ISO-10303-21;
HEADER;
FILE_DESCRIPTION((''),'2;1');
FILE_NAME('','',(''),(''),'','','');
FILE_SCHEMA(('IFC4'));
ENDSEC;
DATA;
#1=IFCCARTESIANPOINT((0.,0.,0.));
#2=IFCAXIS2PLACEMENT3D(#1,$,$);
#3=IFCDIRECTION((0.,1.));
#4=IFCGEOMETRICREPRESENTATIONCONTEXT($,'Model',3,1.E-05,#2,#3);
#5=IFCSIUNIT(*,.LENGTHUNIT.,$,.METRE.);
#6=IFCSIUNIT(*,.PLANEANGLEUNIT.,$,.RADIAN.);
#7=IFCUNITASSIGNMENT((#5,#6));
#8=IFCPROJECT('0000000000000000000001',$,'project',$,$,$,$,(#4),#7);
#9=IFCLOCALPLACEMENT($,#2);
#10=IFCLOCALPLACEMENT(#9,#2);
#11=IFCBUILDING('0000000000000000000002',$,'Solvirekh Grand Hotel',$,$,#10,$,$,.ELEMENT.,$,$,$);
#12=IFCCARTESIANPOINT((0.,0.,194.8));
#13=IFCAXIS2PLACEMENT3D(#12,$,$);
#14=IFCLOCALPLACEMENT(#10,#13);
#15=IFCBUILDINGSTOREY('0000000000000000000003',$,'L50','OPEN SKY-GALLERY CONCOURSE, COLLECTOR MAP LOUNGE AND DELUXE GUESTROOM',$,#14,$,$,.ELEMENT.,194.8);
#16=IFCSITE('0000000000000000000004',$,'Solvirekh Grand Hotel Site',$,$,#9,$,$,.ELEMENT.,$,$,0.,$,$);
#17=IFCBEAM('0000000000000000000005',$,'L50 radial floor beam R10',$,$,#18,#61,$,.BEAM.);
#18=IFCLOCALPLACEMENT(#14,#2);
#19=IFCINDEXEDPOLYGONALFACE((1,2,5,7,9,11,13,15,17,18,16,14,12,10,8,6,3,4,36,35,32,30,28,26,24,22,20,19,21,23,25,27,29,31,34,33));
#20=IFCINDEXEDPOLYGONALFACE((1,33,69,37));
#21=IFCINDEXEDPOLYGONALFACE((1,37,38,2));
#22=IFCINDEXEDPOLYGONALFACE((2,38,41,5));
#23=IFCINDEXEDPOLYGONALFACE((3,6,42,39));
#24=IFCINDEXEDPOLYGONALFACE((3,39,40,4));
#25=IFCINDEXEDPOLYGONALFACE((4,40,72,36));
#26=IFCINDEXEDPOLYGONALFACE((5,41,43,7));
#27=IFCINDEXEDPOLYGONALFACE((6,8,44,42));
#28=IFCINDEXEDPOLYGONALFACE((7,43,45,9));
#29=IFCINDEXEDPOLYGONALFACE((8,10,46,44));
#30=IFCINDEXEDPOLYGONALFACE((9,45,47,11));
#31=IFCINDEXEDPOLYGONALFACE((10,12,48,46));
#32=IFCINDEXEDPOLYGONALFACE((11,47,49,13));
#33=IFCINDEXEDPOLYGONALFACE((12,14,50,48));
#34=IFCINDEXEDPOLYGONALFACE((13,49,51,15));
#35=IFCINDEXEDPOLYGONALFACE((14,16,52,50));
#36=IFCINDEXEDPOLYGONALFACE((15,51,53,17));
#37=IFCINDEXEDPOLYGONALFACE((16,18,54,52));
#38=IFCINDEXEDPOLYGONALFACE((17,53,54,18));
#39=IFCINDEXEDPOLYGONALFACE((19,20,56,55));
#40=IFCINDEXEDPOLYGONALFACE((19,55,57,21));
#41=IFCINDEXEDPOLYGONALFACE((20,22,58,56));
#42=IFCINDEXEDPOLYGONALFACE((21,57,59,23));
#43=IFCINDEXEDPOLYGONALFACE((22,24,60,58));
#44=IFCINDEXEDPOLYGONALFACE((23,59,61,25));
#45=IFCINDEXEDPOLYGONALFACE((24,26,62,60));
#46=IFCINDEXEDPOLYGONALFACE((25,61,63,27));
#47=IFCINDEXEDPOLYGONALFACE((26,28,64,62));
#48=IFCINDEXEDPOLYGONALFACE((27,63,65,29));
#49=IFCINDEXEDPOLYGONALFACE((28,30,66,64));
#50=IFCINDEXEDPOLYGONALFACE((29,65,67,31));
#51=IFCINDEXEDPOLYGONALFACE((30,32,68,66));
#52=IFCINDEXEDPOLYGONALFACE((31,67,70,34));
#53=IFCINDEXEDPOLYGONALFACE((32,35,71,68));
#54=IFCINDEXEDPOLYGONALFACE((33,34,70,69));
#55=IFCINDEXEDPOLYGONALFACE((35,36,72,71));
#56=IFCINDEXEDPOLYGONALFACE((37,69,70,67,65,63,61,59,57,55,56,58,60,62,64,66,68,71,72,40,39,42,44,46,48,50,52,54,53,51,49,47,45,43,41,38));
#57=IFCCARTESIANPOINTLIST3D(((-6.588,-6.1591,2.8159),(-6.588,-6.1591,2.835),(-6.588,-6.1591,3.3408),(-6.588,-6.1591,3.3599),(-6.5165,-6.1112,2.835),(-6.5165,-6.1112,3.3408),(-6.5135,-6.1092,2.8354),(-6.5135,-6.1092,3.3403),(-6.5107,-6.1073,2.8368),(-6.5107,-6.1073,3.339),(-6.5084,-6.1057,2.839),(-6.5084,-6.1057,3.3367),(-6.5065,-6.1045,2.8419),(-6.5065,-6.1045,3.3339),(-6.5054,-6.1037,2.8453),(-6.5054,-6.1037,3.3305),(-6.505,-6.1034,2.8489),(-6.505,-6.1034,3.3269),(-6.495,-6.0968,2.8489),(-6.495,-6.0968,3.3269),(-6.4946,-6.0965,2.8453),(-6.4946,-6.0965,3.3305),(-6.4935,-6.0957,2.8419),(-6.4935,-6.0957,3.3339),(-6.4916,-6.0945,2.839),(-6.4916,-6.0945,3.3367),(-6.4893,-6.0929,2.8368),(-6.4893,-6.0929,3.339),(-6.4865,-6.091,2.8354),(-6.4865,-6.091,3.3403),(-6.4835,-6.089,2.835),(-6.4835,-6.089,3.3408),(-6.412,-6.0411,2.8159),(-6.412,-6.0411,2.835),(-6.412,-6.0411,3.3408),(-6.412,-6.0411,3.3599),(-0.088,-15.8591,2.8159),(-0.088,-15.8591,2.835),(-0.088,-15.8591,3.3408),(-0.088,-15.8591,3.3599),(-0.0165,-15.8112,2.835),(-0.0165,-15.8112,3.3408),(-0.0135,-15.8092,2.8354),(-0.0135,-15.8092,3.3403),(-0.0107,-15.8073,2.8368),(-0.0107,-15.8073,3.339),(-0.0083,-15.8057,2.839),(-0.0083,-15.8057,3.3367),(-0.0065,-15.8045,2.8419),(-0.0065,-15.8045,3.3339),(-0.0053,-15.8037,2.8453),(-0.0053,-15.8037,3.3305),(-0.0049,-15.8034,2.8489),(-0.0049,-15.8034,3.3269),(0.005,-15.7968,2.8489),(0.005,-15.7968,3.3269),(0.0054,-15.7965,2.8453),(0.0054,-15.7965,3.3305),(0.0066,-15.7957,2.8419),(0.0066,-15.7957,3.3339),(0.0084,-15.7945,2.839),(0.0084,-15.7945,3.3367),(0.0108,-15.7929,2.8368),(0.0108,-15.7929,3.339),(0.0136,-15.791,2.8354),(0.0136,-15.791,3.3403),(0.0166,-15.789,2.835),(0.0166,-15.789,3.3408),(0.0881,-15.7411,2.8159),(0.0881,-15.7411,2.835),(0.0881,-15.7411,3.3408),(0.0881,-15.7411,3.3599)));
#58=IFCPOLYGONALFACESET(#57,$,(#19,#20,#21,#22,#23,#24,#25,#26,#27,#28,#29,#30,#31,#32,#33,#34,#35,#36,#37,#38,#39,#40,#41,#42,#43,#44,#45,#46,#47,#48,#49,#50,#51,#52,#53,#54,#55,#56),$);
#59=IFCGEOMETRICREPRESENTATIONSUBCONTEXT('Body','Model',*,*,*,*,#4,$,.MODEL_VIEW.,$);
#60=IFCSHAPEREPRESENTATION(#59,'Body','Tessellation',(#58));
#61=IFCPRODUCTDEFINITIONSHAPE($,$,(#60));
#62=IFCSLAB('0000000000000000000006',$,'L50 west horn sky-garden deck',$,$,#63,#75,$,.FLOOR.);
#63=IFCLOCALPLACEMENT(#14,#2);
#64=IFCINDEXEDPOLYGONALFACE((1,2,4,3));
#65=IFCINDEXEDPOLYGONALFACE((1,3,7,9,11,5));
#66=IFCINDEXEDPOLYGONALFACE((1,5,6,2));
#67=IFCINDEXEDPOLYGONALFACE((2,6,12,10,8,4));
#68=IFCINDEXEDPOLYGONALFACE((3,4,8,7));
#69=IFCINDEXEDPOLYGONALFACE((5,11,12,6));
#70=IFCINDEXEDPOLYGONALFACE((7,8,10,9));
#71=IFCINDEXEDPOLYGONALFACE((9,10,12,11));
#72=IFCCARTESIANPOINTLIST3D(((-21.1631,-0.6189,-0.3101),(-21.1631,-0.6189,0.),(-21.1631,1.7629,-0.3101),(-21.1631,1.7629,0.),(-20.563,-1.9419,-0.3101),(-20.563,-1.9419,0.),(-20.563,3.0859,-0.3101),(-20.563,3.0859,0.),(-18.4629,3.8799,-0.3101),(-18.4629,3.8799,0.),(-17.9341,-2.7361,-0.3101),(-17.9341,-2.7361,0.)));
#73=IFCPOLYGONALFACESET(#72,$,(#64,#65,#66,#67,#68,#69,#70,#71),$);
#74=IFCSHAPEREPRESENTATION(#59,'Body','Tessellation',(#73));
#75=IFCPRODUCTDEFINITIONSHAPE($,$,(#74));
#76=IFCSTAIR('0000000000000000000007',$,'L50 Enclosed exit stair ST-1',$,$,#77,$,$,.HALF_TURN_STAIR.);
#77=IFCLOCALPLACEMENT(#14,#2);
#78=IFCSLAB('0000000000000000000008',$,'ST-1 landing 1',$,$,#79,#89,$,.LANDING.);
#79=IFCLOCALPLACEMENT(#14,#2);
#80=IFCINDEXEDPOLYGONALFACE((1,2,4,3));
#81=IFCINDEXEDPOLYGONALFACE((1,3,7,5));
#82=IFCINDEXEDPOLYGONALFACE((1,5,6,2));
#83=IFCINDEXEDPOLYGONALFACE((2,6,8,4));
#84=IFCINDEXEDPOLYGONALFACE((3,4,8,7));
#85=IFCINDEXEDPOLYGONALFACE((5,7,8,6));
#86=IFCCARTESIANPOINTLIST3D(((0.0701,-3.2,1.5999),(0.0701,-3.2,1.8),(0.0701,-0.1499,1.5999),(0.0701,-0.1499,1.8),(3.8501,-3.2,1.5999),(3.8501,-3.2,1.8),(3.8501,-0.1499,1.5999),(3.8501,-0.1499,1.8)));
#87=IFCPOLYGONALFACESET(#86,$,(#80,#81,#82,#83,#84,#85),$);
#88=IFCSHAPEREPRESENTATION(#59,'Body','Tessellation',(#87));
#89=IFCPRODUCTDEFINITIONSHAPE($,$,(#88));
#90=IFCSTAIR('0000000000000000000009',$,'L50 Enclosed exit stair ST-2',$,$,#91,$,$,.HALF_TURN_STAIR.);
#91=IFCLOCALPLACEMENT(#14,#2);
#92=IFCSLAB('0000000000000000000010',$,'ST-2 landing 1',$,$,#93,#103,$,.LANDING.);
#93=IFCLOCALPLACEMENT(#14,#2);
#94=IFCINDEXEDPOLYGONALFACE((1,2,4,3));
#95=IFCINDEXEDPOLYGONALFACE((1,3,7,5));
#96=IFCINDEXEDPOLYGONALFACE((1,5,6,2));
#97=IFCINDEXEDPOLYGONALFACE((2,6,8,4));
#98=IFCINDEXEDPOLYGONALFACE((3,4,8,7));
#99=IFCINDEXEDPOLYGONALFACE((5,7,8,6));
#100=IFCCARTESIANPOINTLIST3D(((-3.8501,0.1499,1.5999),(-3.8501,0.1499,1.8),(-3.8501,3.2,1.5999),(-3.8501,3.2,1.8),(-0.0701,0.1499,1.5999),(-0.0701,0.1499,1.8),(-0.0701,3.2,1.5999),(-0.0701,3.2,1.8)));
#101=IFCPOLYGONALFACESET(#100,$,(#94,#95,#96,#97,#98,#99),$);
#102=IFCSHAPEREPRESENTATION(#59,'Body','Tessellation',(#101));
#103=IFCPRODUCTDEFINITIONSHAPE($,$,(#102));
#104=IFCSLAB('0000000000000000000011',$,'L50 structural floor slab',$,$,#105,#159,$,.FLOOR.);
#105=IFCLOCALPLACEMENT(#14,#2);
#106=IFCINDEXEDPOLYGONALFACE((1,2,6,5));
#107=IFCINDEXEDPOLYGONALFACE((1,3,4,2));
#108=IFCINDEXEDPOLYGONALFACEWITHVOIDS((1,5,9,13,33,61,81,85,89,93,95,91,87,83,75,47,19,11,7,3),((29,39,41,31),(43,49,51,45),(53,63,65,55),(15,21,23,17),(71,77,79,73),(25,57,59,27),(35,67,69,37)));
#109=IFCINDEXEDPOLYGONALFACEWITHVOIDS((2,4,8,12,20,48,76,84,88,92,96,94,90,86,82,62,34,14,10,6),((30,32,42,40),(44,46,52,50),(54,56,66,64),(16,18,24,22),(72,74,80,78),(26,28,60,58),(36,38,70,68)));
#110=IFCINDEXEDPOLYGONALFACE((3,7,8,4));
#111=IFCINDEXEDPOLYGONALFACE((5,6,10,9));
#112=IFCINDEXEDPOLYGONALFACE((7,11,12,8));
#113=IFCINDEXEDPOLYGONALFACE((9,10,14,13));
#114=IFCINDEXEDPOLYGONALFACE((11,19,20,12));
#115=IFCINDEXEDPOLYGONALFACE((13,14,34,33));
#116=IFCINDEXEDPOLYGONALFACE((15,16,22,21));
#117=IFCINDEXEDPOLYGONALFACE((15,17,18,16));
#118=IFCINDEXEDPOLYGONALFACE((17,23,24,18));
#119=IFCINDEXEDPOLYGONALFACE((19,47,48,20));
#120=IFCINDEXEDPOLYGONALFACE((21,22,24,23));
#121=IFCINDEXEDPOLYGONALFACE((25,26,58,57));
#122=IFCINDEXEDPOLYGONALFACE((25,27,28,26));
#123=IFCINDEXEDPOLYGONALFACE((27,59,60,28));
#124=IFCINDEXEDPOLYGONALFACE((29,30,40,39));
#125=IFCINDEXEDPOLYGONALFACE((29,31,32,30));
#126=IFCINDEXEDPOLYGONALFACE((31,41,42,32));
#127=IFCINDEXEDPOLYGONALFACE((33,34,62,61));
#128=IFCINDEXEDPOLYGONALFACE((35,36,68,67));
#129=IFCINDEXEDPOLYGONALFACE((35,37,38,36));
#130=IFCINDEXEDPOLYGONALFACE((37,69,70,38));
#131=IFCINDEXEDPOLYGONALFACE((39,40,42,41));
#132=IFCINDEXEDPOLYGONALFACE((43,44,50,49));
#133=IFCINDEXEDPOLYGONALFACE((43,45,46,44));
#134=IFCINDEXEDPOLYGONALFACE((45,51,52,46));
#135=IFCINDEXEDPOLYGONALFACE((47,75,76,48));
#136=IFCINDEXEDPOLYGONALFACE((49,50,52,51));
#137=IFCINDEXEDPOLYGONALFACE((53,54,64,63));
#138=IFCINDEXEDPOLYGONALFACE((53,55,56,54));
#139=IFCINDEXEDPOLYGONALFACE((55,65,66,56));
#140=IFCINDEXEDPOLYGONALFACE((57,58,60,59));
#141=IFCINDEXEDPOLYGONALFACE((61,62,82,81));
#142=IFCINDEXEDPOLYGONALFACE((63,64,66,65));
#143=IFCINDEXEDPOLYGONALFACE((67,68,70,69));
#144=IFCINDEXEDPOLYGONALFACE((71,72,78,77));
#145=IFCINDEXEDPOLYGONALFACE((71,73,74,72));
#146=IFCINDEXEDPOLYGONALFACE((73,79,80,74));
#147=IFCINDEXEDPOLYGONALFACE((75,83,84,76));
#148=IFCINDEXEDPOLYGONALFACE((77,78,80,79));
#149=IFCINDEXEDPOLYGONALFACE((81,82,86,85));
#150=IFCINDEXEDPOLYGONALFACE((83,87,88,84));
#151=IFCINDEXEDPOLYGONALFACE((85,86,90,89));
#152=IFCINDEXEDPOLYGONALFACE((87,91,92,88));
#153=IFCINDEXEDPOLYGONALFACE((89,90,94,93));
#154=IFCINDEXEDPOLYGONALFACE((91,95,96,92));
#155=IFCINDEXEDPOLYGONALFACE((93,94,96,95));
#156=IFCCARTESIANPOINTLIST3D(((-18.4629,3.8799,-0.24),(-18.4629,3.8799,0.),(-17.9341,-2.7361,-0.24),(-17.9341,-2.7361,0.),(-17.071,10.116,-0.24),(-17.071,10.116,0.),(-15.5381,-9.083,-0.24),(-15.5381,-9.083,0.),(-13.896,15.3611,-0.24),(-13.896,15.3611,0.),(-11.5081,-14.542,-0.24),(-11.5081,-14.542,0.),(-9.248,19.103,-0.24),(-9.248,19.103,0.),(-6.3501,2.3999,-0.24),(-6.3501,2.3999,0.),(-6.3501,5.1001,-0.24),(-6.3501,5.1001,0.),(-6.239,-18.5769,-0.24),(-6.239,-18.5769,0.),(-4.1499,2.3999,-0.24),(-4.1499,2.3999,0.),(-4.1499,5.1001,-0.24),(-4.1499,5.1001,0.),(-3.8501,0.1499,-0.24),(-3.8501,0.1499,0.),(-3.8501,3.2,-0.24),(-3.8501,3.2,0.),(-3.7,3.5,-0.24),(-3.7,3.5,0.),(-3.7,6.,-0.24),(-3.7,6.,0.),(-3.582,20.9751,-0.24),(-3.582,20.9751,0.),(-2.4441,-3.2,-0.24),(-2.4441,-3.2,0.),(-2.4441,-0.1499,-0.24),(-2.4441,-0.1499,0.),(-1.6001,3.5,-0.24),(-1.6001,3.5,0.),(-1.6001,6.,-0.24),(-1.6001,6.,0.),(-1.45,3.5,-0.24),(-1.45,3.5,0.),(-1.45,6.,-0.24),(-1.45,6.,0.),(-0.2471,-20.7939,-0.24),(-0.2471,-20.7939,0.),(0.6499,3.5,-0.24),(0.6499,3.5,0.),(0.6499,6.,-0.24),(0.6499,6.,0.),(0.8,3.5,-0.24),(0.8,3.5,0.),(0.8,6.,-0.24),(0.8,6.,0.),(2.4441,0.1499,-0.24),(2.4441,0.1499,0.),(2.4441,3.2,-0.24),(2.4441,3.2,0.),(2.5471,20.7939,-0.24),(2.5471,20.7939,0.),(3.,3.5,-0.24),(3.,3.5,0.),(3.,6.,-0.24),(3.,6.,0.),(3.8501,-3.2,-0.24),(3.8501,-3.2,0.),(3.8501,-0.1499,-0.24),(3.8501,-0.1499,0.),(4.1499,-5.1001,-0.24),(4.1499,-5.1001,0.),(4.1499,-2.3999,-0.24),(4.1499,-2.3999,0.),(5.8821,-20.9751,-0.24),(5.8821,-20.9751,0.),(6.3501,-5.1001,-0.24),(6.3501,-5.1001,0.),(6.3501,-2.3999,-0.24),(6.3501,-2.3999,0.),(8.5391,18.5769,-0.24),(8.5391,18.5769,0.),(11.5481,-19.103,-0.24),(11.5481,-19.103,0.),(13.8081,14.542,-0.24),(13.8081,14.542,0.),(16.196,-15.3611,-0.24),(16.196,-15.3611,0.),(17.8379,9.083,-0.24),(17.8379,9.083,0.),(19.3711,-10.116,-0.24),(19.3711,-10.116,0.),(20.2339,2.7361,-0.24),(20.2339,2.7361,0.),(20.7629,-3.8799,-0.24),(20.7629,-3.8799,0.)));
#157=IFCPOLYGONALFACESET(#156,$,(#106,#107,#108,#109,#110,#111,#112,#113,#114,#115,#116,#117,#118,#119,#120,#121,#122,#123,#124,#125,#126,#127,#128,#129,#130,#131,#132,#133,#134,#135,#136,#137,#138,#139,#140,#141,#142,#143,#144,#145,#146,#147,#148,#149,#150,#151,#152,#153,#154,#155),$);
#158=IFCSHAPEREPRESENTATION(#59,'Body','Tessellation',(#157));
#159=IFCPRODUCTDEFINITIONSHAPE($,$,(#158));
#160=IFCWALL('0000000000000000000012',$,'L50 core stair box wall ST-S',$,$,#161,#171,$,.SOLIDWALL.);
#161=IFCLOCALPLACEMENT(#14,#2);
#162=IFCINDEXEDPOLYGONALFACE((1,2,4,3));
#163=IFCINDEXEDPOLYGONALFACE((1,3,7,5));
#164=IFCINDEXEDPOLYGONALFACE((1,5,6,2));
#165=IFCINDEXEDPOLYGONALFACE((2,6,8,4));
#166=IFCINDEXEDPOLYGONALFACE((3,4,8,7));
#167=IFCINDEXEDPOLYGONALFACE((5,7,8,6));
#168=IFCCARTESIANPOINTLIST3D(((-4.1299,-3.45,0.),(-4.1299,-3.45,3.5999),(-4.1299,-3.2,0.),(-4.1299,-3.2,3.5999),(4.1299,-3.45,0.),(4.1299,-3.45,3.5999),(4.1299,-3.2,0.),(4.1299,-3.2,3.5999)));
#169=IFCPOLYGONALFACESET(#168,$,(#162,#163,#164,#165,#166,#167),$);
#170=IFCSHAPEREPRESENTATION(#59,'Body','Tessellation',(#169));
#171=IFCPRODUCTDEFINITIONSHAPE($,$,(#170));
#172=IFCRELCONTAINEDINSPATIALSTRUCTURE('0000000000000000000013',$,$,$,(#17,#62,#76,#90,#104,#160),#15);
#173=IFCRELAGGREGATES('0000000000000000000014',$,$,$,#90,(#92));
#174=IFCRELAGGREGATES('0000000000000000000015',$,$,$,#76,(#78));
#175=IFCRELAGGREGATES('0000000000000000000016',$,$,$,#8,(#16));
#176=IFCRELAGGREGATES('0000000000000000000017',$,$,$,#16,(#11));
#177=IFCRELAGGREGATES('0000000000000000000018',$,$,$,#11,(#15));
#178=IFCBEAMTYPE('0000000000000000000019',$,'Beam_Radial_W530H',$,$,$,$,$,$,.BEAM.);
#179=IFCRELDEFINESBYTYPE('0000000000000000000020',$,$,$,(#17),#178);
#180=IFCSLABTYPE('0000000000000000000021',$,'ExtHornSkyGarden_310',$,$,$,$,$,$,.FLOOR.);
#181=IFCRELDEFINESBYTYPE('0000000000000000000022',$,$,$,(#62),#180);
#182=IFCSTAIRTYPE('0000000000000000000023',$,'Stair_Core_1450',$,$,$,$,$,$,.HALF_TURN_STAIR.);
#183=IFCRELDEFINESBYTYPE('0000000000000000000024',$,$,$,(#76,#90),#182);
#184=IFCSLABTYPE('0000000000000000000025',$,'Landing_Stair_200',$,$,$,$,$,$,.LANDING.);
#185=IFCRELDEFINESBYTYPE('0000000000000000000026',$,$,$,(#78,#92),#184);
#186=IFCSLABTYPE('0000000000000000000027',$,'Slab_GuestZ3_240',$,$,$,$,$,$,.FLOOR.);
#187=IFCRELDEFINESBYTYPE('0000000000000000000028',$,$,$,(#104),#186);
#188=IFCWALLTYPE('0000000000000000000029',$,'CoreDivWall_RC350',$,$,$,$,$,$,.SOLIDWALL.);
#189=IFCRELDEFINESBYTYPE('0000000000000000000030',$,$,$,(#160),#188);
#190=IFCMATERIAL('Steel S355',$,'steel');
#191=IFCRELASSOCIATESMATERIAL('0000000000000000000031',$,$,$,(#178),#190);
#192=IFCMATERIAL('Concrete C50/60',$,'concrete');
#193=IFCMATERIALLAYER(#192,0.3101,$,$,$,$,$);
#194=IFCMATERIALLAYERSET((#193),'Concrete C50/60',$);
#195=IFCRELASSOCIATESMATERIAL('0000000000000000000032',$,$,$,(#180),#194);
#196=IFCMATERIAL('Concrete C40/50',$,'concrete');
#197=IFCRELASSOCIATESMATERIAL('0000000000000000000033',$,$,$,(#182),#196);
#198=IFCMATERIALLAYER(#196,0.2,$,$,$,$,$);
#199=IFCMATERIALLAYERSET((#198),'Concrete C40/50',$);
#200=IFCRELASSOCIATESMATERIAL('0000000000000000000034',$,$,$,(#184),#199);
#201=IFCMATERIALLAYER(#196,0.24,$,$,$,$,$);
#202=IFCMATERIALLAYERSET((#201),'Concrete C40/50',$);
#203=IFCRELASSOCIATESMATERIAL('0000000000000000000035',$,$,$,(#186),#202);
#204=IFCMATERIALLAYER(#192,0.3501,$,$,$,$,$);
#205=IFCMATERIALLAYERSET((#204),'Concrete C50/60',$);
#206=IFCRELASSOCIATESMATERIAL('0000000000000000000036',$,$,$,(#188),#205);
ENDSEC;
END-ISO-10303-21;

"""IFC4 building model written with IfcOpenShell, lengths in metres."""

from ifc_helpers import new_model, si_unit, direction, frame, frame_2d, origin, origin_2d, place, context, subcontext, project, spatial, polyline, rectangle, i_section, outline, extrude, material, layer, layer_set, material_profile, profile_set, type_object, element, aggregate, save


model = new_model("IFC4")

# Units and contexts
model_context = context("Model", 3, precision=1e-05, world=origin(), true_north=direction((0.0, 1.0)))
body_context = subcontext(model_context, "Body", "Model", "MODEL_VIEW")
ifc_project = project(units=[si_unit("LENGTHUNIT", "METRE"), si_unit("PLANEANGLEUNIT", "RADIAN")], contexts=[model_context])

# Site, building, storey
site_placement = place(None, origin())
site = spatial("IfcSite", under=ifc_project, at=site_placement, Name="Solvirekh Grand Hotel Site", CompositionType="ELEMENT", RefElevation=0.0)
building_placement = place(site_placement, origin())
building = spatial("IfcBuilding", under=site, at=building_placement, Name="Solvirekh Grand Hotel", CompositionType="ELEMENT")
storey_placement = place(building_placement, frame((0.0, 0.0, 194.8)))
storey = spatial("IfcBuildingStorey", under=building, at=storey_placement, Name="L50", Description="OPEN SKY-GALLERY CONCOURSE, COLLECTOR MAP LOUNGE AND DELUXE GUESTROOM", CompositionType="ELEMENT", Elevation=194.8)

# Beam
ifc_material_1 = material(Name="Steel S355", Category="steel")
ifc_material_profile = material_profile(ifc_material_1, i_section(OverallWidth=0.2119, OverallDepth=0.5439, WebThickness=0.012, FlangeThickness=0.019, FilletRadius=0.0139, at=origin_2d()), Name="W530X123")
ifc_profile_set = profile_set([ifc_material_profile], Name="Steel S355")
beam_type = type_object("IfcBeamType", Name="Beam_Radial_W530H", PredefinedType="BEAM", material=ifc_profile_set)
beam_placement = place(storey_placement, frame((-6.5, -6.1001, 3.0879), z_axis=(0.556677, -0.830729, 0.0), x_axis=(0.830729, 0.556677, 0.0)))
element("IfcBeam", 1, at=beam_placement, inside=storey, type_object=beam_type, Name="L50 radial floor beam R10", PredefinedType="BEAM", context=body_context, shape_type="SweptSolid", body=[
    extrude(i_section(OverallWidth=0.2119, OverallDepth=0.5439, WebThickness=0.012, FlangeThickness=0.019, FilletRadius=0.0139, at=origin_2d()), origin(), (0.0, 0.0, 1.0), 11.6765),
])

# Slab
ifc_material_2 = material(Name="Concrete C50/60", Category="concrete")
ifc_layer_1 = layer(ifc_material_2, 0.3101)
ifc_layer_set_1 = layer_set([ifc_layer_1], Name="Concrete C50/60")
slab_type_1 = type_object("IfcSlabType", Name="ExtHornSkyGarden_310", PredefinedType="FLOOR", material=ifc_layer_set_1)
slab_1_placement = place(storey_placement, frame((0.0, 0.0, -0.3101)))
element("IfcSlab", 2, at=slab_1_placement, inside=storey, type_object=slab_type_1, Name="L50 west horn sky-garden deck", PredefinedType="FLOOR", context=body_context, shape_type="SweptSolid", body=[
    extrude(outline(polyline([(-20.563, 3.0859), (-21.1631, 1.7629), (-21.1631, -0.6189), (-20.563, -1.9419), (-17.9341, -2.7361), (-18.4629, 3.8799), (-20.563, 3.0859)])), origin(), (0.0, 0.0, 1.0), 0.3101),
])

# Stairs, slabs
ifc_material_3 = material(Name="Concrete C40/50", Category="concrete")
stair_type = type_object("IfcStairType", Name="Stair_Core_1450", PredefinedType="HALF_TURN_STAIR", material=ifc_material_3)
stair_1_placement = place(storey_placement, origin())
stair_1 = element("IfcStair", 3, at=stair_1_placement, inside=storey, type_object=stair_type, Name="L50 Enclosed exit stair ST-1", PredefinedType="HALF_TURN_STAIR")
ifc_layer_2 = layer(ifc_material_3, 0.2)
ifc_layer_set_2 = layer_set([ifc_layer_2], Name="Concrete C40/50")
slab_type_2 = type_object("IfcSlabType", Name="Landing_Stair_200", PredefinedType="LANDING", material=ifc_layer_set_2)
slab_2_placement = place(storey_placement, frame((0.0, 0.0, 1.5999)))
slab_2 = element("IfcSlab", 4, at=slab_2_placement, type_object=slab_type_2, Name="ST-1 landing 1", PredefinedType="LANDING", context=body_context, shape_type="SweptSolid", body=[
    extrude(outline(polyline([(0.0701, -3.2), (3.8501, -3.2), (3.8501, -0.1499), (0.0701, -0.1499), (0.0701, -3.2)])), origin(), (0.0, 0.0, 1.0), 0.2002),
])
stair_2_placement = place(storey_placement, origin())
stair_2 = element("IfcStair", 5, at=stair_2_placement, inside=storey, type_object=stair_type, Name="L50 Enclosed exit stair ST-2", PredefinedType="HALF_TURN_STAIR")
slab_3_placement = place(storey_placement, frame((0.0, 0.0, 1.5999)))
slab_3 = element("IfcSlab", 6, at=slab_3_placement, type_object=slab_type_2, Name="ST-2 landing 1", PredefinedType="LANDING", context=body_context, shape_type="SweptSolid", body=[
    extrude(outline(polyline([(-0.0701, 3.2), (-3.8501, 3.2), (-3.8501, 0.1499), (-0.0701, 0.1499), (-0.0701, 3.2)])), origin(), (0.0, 0.0, 1.0), 0.2002),
])
aggregate(stair_2, [slab_3])

# Slab
ifc_layer_3 = layer(ifc_material_3, 0.24)
ifc_layer_set_3 = layer_set([ifc_layer_3], Name="Concrete C40/50")
slab_type_3 = type_object("IfcSlabType", Name="Slab_GuestZ3_240", PredefinedType="FLOOR", material=ifc_layer_set_3)
slab_4_placement = place(storey_placement, frame((0.0, 0.0, -0.24)))
element("IfcSlab", 7, at=slab_4_placement, inside=storey, type_object=slab_type_3, Name="L50 structural floor slab", PredefinedType="FLOOR", context=body_context, shape_type="SweptSolid", body=[
    extrude(outline(polyline([(11.5481, -19.103), (16.196, -15.3611), (19.3711, -10.116), (20.7629, -3.8799), (20.2339, 2.7361), (17.8379, 9.083), (13.8081, 14.542), (8.5391, 18.5769), (2.5471, 20.7939), (-3.582, 20.9751), (-9.248, 19.103), (-13.896, 15.3611), (-17.071, 10.116), (-18.4629, 3.8799), (-17.9341, -2.7361), (-15.5381, -9.083), (-11.5081, -14.542), (-6.239, -18.5769), (-0.2471, -20.7939), (5.8821, -20.9751), (11.5481, -19.103)]), holes=[polyline([(-2.4441, -0.1499), (3.8501, -0.1499), (3.8501, -3.2), (-2.4441, -3.2), (-2.4441, -0.1499)]), polyline([(2.4441, 0.1499), (-3.8501, 0.1499), (-3.8501, 3.2), (2.4441, 3.2), (2.4441, 0.1499)]), polyline([(-3.7, 6.0), (-1.6001, 6.0), (-1.6001, 3.5), (-3.7, 3.5), (-3.7, 6.0)]), polyline([(-1.45, 6.0), (0.6499, 6.0), (0.6499, 3.5), (-1.45, 3.5), (-1.45, 6.0)]), polyline([(0.8, 6.0), (3.0, 6.0), (3.0, 3.5), (0.8, 3.5), (0.8, 6.0)]), polyline([(-6.3501, 5.1001), (-4.1499, 5.1001), (-4.1499, 2.3999), (-6.3501, 2.3999), (-6.3501, 5.1001)]), polyline([(4.1499, -2.3999), (6.3501, -2.3999), (6.3501, -5.1001), (4.1499, -5.1001), (4.1499, -2.3999)])]), origin(), (0.0, 0.0, 1.0), 0.24),
])

# Wall
ifc_layer_4 = layer(ifc_material_2, 0.3501)
ifc_layer_set_4 = layer_set([ifc_layer_4], Name="Concrete C50/60")
wall_type_1 = type_object("IfcWallType", Name="CoreDivWall_RC350", PredefinedType="SOLIDWALL", material=ifc_layer_set_4)
wall_1_placement = place(storey_placement, frame((-4.1299, -3.325, 0.0), z_axis=(0.0, 0.0, 1.0), x_axis=(1.0, 0.0, 0.0)))
element("IfcWall", 8, at=wall_1_placement, inside=storey, type_object=wall_type_1, Name="L50 core stair box wall ST-S", PredefinedType="SOLIDWALL", context=body_context, shape_type="SweptSolid", body=[
    extrude(rectangle(XDim=8.2598, YDim=0.25, at=frame_2d((4.1299, 0.0))), origin(), (0.0, 0.0, 1.0), 3.5999),
])

aggregate(stair_1, [slab_2])

save(model, "model.ifc")
